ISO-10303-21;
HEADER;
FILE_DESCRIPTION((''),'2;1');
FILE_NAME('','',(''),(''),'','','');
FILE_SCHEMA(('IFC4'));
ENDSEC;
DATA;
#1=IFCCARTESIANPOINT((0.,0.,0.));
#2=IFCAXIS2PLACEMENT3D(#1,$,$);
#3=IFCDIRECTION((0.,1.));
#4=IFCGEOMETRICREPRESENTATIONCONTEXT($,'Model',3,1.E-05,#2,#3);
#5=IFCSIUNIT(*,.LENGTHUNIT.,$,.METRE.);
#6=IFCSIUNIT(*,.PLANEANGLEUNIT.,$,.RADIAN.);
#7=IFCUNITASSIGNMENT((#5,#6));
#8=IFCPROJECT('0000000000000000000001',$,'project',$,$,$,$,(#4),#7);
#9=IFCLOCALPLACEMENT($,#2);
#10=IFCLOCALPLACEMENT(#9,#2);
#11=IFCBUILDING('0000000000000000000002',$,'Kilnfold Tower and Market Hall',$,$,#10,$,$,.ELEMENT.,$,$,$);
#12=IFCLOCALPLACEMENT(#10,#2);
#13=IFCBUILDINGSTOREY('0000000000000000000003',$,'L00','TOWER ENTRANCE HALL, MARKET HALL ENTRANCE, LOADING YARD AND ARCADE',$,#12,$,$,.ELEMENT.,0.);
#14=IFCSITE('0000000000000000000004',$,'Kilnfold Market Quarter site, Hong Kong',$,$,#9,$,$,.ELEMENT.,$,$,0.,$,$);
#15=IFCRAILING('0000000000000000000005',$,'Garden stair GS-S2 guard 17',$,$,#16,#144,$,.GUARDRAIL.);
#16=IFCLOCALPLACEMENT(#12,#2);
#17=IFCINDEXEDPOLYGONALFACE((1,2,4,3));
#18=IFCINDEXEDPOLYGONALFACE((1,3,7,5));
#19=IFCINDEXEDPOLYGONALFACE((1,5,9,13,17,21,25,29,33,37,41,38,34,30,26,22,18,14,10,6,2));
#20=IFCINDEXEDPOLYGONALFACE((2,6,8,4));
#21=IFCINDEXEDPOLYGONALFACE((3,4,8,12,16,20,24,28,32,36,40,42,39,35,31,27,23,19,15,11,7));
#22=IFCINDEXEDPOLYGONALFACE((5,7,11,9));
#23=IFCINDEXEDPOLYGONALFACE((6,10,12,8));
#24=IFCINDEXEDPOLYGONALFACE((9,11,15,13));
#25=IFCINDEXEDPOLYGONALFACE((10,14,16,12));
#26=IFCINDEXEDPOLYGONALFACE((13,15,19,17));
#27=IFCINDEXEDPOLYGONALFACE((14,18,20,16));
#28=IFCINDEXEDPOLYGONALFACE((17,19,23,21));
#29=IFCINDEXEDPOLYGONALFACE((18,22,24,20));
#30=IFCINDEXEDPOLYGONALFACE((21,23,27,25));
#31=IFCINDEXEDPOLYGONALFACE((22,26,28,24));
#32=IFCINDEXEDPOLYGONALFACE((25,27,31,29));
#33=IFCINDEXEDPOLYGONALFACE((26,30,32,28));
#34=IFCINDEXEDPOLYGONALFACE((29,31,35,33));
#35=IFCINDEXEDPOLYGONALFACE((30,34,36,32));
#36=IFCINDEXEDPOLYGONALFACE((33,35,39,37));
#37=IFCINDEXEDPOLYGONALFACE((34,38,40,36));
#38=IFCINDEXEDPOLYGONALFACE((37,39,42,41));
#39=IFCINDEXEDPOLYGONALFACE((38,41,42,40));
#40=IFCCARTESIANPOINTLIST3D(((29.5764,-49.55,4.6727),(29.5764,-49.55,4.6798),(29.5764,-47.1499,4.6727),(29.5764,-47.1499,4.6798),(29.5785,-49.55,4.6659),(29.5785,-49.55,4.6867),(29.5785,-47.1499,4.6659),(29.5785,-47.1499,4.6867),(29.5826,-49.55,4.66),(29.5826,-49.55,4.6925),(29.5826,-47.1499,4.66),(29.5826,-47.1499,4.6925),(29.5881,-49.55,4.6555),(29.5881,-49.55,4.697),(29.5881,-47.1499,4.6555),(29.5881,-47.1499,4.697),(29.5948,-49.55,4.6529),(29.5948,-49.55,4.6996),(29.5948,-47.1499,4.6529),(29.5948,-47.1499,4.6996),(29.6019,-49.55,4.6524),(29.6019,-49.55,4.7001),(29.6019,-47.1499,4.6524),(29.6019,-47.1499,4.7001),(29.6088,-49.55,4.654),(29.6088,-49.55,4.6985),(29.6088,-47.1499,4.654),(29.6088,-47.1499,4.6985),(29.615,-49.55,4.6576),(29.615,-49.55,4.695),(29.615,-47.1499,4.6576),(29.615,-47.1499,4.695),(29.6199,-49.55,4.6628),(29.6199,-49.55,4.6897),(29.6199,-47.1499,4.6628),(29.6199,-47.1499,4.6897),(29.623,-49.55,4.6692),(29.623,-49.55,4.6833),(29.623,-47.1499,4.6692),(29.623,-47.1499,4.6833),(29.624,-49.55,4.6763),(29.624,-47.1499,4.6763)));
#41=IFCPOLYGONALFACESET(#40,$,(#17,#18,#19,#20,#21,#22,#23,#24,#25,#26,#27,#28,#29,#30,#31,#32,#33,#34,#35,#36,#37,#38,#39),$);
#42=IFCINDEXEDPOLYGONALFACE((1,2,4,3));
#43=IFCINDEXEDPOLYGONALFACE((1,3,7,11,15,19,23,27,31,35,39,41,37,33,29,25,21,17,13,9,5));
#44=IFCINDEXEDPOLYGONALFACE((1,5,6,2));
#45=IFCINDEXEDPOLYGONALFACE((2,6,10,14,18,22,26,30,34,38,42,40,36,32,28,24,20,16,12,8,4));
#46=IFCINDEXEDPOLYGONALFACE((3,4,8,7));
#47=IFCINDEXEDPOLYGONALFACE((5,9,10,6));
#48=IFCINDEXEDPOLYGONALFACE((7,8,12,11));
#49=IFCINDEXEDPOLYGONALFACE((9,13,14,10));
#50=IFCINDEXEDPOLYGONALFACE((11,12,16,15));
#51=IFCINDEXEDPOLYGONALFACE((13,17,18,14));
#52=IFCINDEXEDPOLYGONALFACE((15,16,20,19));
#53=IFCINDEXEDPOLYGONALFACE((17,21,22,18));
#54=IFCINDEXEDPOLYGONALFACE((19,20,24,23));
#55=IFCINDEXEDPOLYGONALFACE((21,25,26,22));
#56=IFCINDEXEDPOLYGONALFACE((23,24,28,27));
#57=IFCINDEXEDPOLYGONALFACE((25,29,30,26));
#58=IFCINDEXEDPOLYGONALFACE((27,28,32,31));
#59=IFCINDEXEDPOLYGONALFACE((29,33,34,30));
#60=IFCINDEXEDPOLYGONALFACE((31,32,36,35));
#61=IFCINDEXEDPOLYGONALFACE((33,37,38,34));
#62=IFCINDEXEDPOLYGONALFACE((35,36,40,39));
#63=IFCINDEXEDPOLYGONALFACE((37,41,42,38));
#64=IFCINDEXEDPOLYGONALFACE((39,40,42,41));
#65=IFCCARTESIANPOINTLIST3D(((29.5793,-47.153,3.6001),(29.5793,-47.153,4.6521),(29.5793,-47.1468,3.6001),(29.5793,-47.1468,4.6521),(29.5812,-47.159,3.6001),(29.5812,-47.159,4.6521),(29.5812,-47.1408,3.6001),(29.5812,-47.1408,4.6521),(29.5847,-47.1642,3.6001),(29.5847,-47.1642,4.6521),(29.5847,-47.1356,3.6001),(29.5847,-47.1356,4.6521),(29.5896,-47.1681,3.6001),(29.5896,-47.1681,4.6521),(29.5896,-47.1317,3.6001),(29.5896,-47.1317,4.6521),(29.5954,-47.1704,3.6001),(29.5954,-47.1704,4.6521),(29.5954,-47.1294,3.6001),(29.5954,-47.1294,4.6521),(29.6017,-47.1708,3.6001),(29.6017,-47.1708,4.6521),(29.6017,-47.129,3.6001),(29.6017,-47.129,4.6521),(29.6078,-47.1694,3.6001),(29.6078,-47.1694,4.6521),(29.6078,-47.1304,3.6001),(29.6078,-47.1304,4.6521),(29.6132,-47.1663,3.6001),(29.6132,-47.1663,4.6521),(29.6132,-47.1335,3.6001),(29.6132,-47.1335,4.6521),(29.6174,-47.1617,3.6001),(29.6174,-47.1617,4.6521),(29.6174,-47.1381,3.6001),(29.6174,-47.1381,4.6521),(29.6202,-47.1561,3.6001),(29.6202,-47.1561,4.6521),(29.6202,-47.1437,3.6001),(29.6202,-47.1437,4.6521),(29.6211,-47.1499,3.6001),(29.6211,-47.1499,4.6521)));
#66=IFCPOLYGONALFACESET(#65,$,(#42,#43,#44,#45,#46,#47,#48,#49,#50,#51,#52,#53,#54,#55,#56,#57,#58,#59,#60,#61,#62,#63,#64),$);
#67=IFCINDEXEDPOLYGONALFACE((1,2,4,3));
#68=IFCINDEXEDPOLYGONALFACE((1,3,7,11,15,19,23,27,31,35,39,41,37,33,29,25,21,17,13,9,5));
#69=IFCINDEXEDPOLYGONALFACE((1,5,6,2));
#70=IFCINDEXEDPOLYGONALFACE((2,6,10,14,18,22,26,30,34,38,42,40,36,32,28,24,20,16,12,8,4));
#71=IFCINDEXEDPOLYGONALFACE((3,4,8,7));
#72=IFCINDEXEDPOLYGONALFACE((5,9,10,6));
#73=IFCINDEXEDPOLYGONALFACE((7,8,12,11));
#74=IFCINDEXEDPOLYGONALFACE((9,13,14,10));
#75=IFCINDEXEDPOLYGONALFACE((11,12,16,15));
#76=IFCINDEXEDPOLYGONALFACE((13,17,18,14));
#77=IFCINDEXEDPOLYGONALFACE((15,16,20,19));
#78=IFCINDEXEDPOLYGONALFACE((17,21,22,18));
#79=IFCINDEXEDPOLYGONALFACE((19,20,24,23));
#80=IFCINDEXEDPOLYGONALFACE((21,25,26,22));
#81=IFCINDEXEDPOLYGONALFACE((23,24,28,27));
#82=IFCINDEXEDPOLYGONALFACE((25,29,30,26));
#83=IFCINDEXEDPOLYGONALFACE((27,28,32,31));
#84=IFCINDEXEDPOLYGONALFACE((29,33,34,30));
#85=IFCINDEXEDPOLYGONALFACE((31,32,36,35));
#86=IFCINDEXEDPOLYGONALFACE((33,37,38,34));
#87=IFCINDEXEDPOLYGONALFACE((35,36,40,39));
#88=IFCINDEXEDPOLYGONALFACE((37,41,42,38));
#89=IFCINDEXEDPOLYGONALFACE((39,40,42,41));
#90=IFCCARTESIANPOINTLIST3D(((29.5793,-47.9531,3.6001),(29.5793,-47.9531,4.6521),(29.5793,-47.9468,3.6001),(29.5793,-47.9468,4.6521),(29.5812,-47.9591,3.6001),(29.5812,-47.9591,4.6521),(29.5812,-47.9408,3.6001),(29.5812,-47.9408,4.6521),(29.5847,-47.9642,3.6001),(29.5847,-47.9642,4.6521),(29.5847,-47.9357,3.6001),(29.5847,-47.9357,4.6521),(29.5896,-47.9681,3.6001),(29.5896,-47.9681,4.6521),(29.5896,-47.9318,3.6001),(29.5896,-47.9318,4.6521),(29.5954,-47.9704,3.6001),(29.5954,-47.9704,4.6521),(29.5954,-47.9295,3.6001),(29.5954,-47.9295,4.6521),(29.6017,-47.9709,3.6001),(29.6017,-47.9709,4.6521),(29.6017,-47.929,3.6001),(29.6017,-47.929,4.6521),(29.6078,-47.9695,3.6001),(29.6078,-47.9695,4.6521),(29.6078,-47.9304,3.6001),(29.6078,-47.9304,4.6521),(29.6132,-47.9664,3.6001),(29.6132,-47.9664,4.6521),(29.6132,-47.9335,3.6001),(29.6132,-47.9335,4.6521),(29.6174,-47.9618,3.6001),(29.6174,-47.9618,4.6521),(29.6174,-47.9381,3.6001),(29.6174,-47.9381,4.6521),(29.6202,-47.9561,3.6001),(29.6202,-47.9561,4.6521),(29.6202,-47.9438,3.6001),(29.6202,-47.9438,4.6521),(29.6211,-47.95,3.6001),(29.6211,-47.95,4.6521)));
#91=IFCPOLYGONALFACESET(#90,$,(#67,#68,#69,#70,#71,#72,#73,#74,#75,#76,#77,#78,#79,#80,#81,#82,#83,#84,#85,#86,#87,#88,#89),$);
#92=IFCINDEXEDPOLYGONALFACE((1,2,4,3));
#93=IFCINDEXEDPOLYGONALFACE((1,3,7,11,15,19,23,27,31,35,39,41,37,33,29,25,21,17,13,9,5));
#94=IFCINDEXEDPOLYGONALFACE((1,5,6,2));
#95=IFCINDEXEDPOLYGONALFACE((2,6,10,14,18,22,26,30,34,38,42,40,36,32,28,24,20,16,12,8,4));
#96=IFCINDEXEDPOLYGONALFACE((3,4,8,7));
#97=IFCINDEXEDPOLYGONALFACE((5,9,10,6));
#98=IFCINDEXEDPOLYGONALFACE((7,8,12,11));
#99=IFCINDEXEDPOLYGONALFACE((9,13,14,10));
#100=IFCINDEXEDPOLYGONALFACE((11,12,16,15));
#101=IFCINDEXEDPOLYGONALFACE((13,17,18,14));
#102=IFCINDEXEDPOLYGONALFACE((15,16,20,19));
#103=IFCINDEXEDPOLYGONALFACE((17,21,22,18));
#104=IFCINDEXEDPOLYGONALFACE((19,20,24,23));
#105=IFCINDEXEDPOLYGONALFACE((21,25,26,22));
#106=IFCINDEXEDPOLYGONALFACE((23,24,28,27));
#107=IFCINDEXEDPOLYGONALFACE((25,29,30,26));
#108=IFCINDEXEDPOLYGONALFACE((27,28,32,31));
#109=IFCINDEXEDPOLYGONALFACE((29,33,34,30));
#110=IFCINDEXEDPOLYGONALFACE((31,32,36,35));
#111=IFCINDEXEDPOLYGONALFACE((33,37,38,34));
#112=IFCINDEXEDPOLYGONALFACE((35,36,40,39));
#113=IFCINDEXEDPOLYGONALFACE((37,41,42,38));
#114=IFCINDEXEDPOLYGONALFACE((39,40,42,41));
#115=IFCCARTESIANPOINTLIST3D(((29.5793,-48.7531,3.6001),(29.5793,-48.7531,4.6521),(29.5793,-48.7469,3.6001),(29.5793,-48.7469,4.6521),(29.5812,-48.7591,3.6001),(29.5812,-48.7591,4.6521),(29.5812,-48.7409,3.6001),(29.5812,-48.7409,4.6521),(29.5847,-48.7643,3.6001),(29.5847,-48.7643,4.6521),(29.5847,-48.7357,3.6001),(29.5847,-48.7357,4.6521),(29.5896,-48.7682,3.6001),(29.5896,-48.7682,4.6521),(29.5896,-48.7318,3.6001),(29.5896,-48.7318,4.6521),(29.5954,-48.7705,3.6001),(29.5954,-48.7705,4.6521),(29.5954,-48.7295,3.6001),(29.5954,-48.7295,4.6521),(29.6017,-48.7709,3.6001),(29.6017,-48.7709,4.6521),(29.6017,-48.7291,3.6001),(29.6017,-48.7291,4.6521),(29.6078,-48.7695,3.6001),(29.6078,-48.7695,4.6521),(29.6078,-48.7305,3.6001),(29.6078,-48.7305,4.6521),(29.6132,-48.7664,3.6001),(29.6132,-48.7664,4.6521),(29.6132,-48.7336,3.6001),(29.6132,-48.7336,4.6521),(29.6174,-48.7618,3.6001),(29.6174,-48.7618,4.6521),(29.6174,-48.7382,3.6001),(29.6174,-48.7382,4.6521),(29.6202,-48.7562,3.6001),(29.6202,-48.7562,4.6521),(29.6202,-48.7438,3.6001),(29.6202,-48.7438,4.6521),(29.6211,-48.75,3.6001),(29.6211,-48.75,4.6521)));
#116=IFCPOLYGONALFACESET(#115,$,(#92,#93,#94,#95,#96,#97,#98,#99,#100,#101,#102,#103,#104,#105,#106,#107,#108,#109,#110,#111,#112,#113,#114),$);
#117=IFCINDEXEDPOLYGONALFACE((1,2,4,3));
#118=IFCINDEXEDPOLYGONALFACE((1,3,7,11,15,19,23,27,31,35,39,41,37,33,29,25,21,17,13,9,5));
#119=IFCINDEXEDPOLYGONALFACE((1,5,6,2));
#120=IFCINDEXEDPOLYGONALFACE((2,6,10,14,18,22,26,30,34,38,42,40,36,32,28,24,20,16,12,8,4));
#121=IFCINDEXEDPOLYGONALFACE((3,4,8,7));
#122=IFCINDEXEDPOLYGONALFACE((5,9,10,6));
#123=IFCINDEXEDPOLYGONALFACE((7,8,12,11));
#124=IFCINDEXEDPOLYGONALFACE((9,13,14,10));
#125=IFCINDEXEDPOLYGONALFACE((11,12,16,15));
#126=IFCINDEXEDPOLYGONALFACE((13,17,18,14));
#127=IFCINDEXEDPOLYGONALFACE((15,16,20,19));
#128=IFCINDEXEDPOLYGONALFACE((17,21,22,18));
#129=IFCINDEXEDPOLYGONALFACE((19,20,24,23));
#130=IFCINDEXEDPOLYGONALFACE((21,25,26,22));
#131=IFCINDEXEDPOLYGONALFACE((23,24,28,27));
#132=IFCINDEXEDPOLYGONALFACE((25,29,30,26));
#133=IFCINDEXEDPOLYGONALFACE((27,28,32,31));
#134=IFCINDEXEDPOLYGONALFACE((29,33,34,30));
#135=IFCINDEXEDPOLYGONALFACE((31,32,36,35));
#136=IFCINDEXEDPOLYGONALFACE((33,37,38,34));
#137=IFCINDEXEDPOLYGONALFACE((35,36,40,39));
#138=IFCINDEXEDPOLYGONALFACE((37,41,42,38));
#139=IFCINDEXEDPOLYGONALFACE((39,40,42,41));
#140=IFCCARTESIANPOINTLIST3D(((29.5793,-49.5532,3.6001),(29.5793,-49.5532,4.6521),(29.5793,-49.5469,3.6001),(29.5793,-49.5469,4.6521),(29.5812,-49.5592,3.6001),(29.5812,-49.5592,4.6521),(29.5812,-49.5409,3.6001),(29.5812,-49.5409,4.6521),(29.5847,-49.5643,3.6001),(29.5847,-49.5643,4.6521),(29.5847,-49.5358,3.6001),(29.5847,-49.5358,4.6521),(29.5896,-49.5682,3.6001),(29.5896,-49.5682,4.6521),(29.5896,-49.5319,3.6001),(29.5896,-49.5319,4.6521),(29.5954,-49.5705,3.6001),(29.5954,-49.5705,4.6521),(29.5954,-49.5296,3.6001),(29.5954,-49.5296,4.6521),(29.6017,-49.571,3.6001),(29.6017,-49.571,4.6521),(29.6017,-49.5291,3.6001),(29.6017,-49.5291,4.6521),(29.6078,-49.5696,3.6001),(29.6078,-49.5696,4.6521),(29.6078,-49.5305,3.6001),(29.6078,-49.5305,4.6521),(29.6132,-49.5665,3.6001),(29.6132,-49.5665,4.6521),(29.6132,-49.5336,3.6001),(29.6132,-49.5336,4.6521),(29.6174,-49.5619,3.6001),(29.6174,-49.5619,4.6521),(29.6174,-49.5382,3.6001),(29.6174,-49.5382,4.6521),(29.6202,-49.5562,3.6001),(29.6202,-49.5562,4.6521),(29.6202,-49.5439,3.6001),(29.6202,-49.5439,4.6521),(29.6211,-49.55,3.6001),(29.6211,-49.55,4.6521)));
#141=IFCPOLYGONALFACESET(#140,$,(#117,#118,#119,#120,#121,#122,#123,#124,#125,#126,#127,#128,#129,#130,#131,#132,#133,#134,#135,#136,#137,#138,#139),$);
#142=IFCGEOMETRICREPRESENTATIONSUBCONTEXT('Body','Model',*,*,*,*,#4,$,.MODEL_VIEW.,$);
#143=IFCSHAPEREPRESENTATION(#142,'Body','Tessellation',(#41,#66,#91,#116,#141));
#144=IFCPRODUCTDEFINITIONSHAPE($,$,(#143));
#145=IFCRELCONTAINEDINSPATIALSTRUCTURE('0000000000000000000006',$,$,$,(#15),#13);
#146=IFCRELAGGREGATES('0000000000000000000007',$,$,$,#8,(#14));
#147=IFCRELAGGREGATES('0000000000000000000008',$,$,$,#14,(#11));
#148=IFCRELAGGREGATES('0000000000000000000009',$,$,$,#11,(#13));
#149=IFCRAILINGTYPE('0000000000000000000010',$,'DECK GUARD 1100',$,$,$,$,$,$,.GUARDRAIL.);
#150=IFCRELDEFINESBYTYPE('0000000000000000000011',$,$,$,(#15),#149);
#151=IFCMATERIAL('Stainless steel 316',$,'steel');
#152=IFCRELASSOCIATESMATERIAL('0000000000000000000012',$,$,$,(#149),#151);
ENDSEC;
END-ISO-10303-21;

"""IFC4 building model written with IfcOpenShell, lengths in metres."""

from ifc_helpers import new_model, si_unit, direction, frame, origin, origin_2d, place, context, subcontext, project, spatial, circle, extrude, material, type_object, element, save


model = new_model("IFC4")

# Units and contexts
model_context = context("Model", 3, precision=1e-05, world=origin(), true_north=direction((0.0, 1.0)))
body_context = subcontext(model_context, "Body", "Model", "MODEL_VIEW")
ifc_project = project(units=[si_unit("LENGTHUNIT", "METRE"), si_unit("PLANEANGLEUNIT", "RADIAN")], contexts=[model_context])

# Site, building, storey
site_placement = place(None, origin())
site = spatial("IfcSite", under=ifc_project, at=site_placement, Name="Kilnfold Market Quarter site, Hong Kong", CompositionType="ELEMENT", RefElevation=0.0)
building_placement = place(site_placement, origin())
building = spatial("IfcBuilding", under=site, at=building_placement, Name="Kilnfold Tower and Market Hall", CompositionType="ELEMENT")
storey_placement = place(building_placement, origin())
storey = spatial("IfcBuildingStorey", under=building, at=storey_placement, Name="L00", Description="TOWER ENTRANCE HALL, MARKET HALL ENTRANCE, LOADING YARD AND ARCADE", CompositionType="ELEMENT", Elevation=0.0)

# Railing
ifc_material_1 = material(Name="Stainless steel 316", Category="steel")
railing_type_1 = type_object("IfcRailingType", Name="DECK GUARD 1100", PredefinedType="GUARDRAIL", material=ifc_material_1)
railing_1_placement = place(storey_placement, frame((29.6001, -47.1499, 3.6001)))
element("IfcRailing", 1, at=railing_1_placement, inside=storey, type_object=railing_type_1, Name="Garden stair GS-S2 guard 17", PredefinedType="GUARDRAIL", context=body_context, shape_type="SweptSolid", body=[
    extrude(circle(Radius=0.0239, at=origin_2d()), frame((0.0, 0.0, 1.0762), z_axis=(0.0, -1.0, 0.0), x_axis=(1.0, 0.0, 0.0)), (0.0, 0.0, 1.0), 2.4001),
    extrude(circle(Radius=0.021, at=origin_2d()), origin(), (0.0, 0.0, 1.0), 1.052),
    extrude(circle(Radius=0.021, at=origin_2d()), frame((0.0, -0.8, 0.0)), (0.0, 0.0, 1.0), 1.052),
    extrude(circle(Radius=0.021, at=origin_2d()), frame((0.0, -1.6001, 0.0)), (0.0, 0.0, 1.0), 1.052),
    extrude(circle(Radius=0.021, at=origin_2d()), frame((0.0, -2.4001, 0.0)), (0.0, 0.0, 1.0), 1.052),
])

save(model, "model.ifc")
